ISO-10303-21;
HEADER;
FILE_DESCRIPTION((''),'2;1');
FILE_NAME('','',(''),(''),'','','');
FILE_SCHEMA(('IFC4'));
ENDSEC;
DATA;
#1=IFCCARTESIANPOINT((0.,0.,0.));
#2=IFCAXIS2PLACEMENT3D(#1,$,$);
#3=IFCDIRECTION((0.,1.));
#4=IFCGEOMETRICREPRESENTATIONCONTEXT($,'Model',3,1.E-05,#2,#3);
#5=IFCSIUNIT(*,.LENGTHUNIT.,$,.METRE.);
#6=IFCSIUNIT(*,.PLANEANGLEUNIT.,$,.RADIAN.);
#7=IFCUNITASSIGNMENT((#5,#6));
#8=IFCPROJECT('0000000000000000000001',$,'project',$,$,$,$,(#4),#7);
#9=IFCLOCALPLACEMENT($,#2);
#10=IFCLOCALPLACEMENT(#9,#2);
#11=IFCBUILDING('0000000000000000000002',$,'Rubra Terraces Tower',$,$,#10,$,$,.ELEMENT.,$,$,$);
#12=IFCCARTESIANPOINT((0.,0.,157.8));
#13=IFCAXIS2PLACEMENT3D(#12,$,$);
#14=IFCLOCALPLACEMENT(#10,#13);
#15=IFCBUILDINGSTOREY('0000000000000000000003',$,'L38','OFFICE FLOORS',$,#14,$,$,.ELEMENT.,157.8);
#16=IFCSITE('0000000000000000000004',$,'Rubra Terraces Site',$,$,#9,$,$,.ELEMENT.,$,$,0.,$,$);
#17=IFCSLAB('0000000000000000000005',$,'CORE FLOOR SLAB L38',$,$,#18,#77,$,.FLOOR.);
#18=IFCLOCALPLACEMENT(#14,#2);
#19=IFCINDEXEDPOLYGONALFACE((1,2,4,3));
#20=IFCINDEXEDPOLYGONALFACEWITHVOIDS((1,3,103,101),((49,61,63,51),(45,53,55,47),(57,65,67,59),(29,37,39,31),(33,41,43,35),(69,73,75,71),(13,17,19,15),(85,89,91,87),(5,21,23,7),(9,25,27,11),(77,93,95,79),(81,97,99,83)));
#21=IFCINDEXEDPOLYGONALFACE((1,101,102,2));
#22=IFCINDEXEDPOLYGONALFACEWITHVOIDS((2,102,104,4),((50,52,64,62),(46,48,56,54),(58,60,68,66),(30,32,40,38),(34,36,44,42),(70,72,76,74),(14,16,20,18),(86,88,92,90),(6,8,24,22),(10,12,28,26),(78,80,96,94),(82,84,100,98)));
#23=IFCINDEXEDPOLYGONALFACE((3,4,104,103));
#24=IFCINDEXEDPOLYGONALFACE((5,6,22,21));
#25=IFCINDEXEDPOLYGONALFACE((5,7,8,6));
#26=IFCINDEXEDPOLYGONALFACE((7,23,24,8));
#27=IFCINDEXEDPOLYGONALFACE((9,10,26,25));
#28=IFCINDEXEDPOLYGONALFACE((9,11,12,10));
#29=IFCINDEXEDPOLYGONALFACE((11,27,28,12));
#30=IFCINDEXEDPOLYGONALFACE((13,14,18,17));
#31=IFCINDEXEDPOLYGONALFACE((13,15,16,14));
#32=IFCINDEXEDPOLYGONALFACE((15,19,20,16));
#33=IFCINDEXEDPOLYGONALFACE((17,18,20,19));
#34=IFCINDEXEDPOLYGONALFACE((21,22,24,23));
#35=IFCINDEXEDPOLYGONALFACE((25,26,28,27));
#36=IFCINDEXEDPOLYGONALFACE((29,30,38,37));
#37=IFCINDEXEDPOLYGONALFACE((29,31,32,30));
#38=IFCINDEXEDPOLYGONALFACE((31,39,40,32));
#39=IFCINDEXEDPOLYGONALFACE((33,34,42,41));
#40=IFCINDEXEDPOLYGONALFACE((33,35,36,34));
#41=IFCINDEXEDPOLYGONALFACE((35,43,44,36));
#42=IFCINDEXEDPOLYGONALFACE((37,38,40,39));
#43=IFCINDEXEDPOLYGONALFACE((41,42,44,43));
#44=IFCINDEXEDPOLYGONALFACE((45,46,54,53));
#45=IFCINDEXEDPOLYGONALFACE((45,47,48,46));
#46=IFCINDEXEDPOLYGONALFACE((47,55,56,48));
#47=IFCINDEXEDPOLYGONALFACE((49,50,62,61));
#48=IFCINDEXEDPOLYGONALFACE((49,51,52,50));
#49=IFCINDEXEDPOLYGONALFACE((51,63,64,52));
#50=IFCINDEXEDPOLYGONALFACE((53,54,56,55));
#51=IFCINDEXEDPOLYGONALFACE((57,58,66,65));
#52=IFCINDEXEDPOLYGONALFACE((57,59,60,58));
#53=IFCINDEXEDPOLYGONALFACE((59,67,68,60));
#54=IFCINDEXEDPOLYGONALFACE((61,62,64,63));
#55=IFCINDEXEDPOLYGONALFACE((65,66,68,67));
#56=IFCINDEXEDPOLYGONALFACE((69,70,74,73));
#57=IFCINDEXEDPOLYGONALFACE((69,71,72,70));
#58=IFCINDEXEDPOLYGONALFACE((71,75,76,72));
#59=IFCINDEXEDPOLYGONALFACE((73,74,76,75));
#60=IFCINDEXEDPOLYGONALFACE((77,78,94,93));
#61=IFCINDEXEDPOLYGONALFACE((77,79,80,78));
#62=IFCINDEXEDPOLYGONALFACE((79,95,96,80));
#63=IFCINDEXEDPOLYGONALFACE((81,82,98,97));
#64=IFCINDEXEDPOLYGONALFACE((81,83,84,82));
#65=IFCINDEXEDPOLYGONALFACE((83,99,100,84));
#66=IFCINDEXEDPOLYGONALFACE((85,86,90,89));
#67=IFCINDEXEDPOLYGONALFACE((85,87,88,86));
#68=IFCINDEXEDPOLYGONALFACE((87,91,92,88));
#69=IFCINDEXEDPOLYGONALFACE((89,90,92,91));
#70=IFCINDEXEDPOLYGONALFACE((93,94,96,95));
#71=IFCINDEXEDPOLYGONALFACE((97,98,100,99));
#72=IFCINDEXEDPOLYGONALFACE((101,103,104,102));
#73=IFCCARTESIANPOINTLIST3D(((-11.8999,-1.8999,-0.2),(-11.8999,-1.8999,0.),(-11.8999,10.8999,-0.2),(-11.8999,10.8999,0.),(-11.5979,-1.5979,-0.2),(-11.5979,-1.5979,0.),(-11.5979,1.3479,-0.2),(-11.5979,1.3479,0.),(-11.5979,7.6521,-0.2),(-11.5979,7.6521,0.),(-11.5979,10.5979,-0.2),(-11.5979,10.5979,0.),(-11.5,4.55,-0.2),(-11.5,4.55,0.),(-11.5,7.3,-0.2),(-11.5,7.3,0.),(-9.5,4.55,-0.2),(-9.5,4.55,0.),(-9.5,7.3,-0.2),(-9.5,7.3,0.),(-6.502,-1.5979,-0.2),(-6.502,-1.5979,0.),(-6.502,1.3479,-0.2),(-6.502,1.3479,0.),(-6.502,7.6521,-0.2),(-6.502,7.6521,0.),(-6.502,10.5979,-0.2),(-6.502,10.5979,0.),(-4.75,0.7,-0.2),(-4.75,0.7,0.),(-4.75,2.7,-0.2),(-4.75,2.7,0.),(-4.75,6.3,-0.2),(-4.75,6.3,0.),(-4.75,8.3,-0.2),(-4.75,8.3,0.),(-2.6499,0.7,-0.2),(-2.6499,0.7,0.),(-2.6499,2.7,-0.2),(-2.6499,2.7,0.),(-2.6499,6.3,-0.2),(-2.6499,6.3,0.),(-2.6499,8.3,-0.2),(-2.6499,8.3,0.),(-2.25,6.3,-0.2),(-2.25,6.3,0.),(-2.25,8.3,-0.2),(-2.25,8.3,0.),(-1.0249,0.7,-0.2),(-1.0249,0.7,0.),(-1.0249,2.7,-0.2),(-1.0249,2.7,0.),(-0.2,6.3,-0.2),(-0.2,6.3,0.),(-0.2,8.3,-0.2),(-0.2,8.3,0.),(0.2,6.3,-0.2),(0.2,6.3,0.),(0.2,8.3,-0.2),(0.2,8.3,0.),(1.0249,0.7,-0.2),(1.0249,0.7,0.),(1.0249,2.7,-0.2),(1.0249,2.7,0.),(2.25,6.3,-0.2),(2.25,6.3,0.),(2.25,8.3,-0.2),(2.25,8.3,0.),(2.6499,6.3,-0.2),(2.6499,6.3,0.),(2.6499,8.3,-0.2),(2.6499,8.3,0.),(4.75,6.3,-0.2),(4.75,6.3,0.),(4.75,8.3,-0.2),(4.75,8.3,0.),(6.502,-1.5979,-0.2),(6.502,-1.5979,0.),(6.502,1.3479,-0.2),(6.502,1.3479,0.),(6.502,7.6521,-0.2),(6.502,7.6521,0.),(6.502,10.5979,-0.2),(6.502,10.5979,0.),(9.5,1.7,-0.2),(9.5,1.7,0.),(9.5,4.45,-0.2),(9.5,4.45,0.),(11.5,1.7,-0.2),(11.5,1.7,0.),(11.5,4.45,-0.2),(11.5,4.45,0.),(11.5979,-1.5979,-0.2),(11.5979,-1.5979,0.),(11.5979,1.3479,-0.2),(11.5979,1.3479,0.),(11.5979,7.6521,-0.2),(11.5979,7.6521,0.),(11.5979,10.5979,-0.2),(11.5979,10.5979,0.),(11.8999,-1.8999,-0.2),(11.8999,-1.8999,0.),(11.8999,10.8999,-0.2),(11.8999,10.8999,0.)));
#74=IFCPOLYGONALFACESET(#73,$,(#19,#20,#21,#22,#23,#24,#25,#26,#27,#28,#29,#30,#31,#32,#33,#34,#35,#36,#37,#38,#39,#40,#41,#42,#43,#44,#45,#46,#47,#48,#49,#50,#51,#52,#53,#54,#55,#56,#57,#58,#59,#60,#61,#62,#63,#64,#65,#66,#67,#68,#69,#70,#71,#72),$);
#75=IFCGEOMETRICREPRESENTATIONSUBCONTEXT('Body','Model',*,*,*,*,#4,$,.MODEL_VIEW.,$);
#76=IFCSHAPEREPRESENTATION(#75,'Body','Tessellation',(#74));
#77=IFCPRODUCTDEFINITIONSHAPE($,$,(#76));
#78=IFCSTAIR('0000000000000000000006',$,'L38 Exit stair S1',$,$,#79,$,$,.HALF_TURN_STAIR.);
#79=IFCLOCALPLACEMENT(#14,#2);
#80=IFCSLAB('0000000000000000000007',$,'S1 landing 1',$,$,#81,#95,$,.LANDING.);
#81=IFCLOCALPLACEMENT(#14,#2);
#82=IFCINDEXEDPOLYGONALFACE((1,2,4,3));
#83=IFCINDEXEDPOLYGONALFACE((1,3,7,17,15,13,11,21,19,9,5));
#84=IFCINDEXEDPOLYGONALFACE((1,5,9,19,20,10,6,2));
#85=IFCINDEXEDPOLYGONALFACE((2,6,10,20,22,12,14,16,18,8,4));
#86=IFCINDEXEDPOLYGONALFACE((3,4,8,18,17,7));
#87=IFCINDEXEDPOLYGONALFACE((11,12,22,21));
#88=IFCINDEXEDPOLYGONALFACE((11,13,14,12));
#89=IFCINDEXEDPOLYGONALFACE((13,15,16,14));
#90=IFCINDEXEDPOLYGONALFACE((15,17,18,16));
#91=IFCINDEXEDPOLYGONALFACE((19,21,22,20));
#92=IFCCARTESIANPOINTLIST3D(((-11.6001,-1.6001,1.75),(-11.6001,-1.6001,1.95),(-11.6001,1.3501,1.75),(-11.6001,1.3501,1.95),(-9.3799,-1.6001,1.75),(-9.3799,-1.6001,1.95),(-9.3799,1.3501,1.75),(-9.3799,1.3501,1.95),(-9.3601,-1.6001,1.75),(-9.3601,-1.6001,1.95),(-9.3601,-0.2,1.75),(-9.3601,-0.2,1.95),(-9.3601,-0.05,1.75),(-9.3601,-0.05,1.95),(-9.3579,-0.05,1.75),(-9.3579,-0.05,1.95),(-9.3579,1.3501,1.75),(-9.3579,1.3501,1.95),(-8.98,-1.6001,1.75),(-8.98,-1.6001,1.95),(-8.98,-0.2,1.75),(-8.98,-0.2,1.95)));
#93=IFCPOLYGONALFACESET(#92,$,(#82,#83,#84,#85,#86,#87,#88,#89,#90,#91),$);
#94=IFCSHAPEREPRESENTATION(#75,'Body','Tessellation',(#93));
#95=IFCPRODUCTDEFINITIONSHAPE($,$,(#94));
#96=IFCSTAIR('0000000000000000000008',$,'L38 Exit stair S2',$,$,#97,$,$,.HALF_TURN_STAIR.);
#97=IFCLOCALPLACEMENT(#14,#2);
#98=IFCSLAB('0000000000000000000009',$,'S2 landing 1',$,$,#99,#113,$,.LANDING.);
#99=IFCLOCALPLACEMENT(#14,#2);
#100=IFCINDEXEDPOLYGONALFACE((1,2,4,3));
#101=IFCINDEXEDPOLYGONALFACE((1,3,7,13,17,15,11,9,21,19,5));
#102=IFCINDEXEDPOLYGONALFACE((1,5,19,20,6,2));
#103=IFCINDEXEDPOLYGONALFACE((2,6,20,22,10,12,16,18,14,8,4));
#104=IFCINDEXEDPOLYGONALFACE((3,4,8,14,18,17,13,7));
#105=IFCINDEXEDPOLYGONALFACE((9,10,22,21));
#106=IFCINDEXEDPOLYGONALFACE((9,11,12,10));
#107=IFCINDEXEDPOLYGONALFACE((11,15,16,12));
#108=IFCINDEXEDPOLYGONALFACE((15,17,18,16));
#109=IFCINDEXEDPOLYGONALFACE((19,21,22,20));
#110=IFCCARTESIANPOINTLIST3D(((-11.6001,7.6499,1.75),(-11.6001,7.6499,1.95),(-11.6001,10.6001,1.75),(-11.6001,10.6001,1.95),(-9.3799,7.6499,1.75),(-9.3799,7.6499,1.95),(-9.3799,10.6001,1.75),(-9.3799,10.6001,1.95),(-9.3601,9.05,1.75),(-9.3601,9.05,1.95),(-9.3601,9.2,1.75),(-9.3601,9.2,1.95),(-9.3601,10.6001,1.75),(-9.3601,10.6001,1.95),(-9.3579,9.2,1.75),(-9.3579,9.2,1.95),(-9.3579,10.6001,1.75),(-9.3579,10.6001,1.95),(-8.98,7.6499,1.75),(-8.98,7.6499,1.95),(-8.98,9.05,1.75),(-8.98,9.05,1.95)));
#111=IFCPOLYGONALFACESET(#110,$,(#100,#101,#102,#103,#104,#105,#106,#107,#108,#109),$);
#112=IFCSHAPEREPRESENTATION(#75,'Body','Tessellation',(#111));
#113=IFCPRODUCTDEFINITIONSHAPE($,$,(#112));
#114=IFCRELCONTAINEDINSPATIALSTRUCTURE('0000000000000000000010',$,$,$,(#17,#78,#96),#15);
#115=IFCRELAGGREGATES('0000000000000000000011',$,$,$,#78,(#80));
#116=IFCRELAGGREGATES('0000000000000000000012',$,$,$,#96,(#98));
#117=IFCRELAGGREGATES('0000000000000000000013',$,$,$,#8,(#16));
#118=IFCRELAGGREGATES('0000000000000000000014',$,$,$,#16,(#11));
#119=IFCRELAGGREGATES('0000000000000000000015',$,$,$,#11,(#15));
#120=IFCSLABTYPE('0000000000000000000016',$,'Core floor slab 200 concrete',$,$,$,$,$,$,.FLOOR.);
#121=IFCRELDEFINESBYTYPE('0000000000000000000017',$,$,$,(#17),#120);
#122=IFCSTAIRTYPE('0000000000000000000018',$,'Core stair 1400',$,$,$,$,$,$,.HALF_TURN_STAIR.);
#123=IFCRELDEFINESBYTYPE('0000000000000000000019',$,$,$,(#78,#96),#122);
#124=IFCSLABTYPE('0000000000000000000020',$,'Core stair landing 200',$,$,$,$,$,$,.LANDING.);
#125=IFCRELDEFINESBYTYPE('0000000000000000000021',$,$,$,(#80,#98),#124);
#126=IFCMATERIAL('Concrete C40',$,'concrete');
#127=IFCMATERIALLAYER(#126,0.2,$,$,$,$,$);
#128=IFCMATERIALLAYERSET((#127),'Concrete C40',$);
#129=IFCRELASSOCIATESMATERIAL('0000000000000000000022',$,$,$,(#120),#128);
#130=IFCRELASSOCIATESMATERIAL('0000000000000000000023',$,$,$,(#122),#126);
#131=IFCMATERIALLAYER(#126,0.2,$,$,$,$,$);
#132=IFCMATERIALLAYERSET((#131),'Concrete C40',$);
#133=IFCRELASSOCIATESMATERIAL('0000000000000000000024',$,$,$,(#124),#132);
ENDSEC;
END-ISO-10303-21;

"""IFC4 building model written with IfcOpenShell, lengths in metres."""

from ifc_helpers import new_model, si_unit, direction, frame, origin, place, context, subcontext, project, spatial, polyline, outline, extrude, material, layer, layer_set, type_object, element, aggregate, save


model = new_model("IFC4")

# Units and contexts
model_context = context("Model", 3, precision=1e-05, world=origin(), true_north=direction((0.0, 1.0)))
body_context = subcontext(model_context, "Body", "Model", "MODEL_VIEW")
ifc_project = project(units=[si_unit("LENGTHUNIT", "METRE"), si_unit("PLANEANGLEUNIT", "RADIAN")], contexts=[model_context])

# Site, building, storey
site_placement = place(None, origin())
site = spatial("IfcSite", under=ifc_project, at=site_placement, Name="Rubra Terraces Site", CompositionType="ELEMENT", RefElevation=0.0)
building_placement = place(site_placement, origin())
building = spatial("IfcBuilding", under=site, at=building_placement, Name="Rubra Terraces Tower", CompositionType="ELEMENT")
storey_placement = place(building_placement, frame((0.0, 0.0, 157.8)))
storey = spatial("IfcBuildingStorey", under=building, at=storey_placement, Name="L38", Description="OFFICE FLOORS", CompositionType="ELEMENT", Elevation=157.8)

# Slab
ifc_material_1 = material(Name="Concrete C40", Category="concrete")
ifc_layer_1 = layer(ifc_material_1, 0.2)
ifc_layer_set_1 = layer_set([ifc_layer_1], Name="Concrete C40")
slab_type_1 = type_object("IfcSlabType", Name="Core floor slab 200 concrete", PredefinedType="FLOOR", material=ifc_layer_set_1)
slab_1_placement = place(storey_placement, frame((0.0, 0.0, -0.2)))
element("IfcSlab", 1, at=slab_1_placement, inside=storey, type_object=slab_type_1, Name="CORE FLOOR SLAB L38", PredefinedType="FLOOR", context=body_context, shape_type="SweptSolid", body=[
    extrude(outline(polyline([(-11.8999, -1.8999), (-11.8999, 10.8999), (11.8999, 10.8999), (11.8999, -1.8999), (-11.8999, -1.8999)]), holes=[polyline([(11.5979, 1.3479), (6.502, 1.3479), (6.502, -1.5979), (11.5979, -1.5979), (11.5979, 1.3479)]), polyline([(11.5979, 7.6521), (11.5979, 10.5979), (6.502, 10.5979), (6.502, 7.6521), (11.5979, 7.6521)]), polyline([(9.5, 1.7), (11.5, 1.7), (11.5, 4.45), (9.5, 4.45), (9.5, 1.7)]), polyline([(4.75, 6.3), (4.75, 8.3), (2.6499, 8.3), (2.6499, 6.3), (4.75, 6.3)]), polyline([(2.25, 8.3), (0.2, 8.3), (0.2, 6.3), (2.25, 6.3), (2.25, 8.3)]), polyline([(1.0249, 0.7), (1.0249, 2.7), (-1.0249, 2.7), (-1.0249, 0.7), (1.0249, 0.7)]), polyline([(-0.2, 6.3), (-0.2, 8.3), (-2.25, 8.3), (-2.25, 6.3), (-0.2, 6.3)]), polyline([(-4.75, 8.3), (-4.75, 6.3), (-2.6499, 6.3), (-2.6499, 8.3), (-4.75, 8.3)]), polyline([(-2.6499, 0.7), (-2.6499, 2.7), (-4.75, 2.7), (-4.75, 0.7), (-2.6499, 0.7)]), polyline([(-11.5979, -1.5979), (-6.502, -1.5979), (-6.502, 1.3479), (-11.5979, 1.3479), (-11.5979, -1.5979)]), polyline([(-11.5979, 10.5979), (-11.5979, 7.6521), (-6.502, 7.6521), (-6.502, 10.5979), (-11.5979, 10.5979)]), polyline([(-9.5, 4.55), (-9.5, 7.3), (-11.5, 7.3), (-11.5, 4.55), (-9.5, 4.55)])]), origin(), (0.0, 0.0, 1.0), 0.2),
])

# Stairs, slabs
stair_type = type_object("IfcStairType", Name="Core stair 1400", PredefinedType="HALF_TURN_STAIR", material=ifc_material_1)
stair_1_placement = place(storey_placement, origin())
stair_1 = element("IfcStair", 2, at=stair_1_placement, inside=storey, type_object=stair_type, Name="L38 Exit stair S1", PredefinedType="HALF_TURN_STAIR")
ifc_layer_2 = layer(ifc_material_1, 0.2)
ifc_layer_set_2 = layer_set([ifc_layer_2], Name="Concrete C40")
slab_type_2 = type_object("IfcSlabType", Name="Core stair landing 200", PredefinedType="LANDING", material=ifc_layer_set_2)
slab_2_placement = place(storey_placement, frame((0.0, 0.0, 1.75)))
slab_2 = element("IfcSlab", 3, at=slab_2_placement, type_object=slab_type_2, Name="S1 landing 1", PredefinedType="LANDING", context=body_context, shape_type="SweptSolid", body=[
    extrude(outline(polyline([(-8.98, -0.2), (-8.98, -1.6001), (-9.3601, -1.6001), (-9.3799, -1.6001), (-11.6001, -1.6001), (-11.6001, 1.3501), (-9.3799, 1.3501), (-9.3579, 1.3501), (-9.3579, -0.05), (-9.3601, -0.05), (-9.3601, -0.2), (-8.98, -0.2)])), origin(), (0.0, 0.0, 1.0), 0.2),
])
aggregate(stair_1, [slab_2])
stair_2_placement = place(storey_placement, origin())
stair_2 = element("IfcStair", 4, at=stair_2_placement, inside=storey, type_object=stair_type, Name="L38 Exit stair S2", PredefinedType="HALF_TURN_STAIR")
slab_3_placement = place(storey_placement, frame((0.0, 0.0, 1.75)))
slab_3 = element("IfcSlab", 5, at=slab_3_placement, type_object=slab_type_2, Name="S2 landing 1", PredefinedType="LANDING", context=body_context, shape_type="SweptSolid", body=[
    extrude(outline(polyline([(-8.98, 9.05), (-8.98, 7.6499), (-9.3799, 7.6499), (-11.6001, 7.6499), (-11.6001, 10.6001), (-9.3799, 10.6001), (-9.3601, 10.6001), (-9.3579, 10.6001), (-9.3579, 9.2), (-9.3601, 9.2), (-9.3601, 9.05), (-8.98, 9.05)])), origin(), (0.0, 0.0, 1.0), 0.2),
])
aggregate(stair_2, [slab_3])

save(model, "model.ifc")
